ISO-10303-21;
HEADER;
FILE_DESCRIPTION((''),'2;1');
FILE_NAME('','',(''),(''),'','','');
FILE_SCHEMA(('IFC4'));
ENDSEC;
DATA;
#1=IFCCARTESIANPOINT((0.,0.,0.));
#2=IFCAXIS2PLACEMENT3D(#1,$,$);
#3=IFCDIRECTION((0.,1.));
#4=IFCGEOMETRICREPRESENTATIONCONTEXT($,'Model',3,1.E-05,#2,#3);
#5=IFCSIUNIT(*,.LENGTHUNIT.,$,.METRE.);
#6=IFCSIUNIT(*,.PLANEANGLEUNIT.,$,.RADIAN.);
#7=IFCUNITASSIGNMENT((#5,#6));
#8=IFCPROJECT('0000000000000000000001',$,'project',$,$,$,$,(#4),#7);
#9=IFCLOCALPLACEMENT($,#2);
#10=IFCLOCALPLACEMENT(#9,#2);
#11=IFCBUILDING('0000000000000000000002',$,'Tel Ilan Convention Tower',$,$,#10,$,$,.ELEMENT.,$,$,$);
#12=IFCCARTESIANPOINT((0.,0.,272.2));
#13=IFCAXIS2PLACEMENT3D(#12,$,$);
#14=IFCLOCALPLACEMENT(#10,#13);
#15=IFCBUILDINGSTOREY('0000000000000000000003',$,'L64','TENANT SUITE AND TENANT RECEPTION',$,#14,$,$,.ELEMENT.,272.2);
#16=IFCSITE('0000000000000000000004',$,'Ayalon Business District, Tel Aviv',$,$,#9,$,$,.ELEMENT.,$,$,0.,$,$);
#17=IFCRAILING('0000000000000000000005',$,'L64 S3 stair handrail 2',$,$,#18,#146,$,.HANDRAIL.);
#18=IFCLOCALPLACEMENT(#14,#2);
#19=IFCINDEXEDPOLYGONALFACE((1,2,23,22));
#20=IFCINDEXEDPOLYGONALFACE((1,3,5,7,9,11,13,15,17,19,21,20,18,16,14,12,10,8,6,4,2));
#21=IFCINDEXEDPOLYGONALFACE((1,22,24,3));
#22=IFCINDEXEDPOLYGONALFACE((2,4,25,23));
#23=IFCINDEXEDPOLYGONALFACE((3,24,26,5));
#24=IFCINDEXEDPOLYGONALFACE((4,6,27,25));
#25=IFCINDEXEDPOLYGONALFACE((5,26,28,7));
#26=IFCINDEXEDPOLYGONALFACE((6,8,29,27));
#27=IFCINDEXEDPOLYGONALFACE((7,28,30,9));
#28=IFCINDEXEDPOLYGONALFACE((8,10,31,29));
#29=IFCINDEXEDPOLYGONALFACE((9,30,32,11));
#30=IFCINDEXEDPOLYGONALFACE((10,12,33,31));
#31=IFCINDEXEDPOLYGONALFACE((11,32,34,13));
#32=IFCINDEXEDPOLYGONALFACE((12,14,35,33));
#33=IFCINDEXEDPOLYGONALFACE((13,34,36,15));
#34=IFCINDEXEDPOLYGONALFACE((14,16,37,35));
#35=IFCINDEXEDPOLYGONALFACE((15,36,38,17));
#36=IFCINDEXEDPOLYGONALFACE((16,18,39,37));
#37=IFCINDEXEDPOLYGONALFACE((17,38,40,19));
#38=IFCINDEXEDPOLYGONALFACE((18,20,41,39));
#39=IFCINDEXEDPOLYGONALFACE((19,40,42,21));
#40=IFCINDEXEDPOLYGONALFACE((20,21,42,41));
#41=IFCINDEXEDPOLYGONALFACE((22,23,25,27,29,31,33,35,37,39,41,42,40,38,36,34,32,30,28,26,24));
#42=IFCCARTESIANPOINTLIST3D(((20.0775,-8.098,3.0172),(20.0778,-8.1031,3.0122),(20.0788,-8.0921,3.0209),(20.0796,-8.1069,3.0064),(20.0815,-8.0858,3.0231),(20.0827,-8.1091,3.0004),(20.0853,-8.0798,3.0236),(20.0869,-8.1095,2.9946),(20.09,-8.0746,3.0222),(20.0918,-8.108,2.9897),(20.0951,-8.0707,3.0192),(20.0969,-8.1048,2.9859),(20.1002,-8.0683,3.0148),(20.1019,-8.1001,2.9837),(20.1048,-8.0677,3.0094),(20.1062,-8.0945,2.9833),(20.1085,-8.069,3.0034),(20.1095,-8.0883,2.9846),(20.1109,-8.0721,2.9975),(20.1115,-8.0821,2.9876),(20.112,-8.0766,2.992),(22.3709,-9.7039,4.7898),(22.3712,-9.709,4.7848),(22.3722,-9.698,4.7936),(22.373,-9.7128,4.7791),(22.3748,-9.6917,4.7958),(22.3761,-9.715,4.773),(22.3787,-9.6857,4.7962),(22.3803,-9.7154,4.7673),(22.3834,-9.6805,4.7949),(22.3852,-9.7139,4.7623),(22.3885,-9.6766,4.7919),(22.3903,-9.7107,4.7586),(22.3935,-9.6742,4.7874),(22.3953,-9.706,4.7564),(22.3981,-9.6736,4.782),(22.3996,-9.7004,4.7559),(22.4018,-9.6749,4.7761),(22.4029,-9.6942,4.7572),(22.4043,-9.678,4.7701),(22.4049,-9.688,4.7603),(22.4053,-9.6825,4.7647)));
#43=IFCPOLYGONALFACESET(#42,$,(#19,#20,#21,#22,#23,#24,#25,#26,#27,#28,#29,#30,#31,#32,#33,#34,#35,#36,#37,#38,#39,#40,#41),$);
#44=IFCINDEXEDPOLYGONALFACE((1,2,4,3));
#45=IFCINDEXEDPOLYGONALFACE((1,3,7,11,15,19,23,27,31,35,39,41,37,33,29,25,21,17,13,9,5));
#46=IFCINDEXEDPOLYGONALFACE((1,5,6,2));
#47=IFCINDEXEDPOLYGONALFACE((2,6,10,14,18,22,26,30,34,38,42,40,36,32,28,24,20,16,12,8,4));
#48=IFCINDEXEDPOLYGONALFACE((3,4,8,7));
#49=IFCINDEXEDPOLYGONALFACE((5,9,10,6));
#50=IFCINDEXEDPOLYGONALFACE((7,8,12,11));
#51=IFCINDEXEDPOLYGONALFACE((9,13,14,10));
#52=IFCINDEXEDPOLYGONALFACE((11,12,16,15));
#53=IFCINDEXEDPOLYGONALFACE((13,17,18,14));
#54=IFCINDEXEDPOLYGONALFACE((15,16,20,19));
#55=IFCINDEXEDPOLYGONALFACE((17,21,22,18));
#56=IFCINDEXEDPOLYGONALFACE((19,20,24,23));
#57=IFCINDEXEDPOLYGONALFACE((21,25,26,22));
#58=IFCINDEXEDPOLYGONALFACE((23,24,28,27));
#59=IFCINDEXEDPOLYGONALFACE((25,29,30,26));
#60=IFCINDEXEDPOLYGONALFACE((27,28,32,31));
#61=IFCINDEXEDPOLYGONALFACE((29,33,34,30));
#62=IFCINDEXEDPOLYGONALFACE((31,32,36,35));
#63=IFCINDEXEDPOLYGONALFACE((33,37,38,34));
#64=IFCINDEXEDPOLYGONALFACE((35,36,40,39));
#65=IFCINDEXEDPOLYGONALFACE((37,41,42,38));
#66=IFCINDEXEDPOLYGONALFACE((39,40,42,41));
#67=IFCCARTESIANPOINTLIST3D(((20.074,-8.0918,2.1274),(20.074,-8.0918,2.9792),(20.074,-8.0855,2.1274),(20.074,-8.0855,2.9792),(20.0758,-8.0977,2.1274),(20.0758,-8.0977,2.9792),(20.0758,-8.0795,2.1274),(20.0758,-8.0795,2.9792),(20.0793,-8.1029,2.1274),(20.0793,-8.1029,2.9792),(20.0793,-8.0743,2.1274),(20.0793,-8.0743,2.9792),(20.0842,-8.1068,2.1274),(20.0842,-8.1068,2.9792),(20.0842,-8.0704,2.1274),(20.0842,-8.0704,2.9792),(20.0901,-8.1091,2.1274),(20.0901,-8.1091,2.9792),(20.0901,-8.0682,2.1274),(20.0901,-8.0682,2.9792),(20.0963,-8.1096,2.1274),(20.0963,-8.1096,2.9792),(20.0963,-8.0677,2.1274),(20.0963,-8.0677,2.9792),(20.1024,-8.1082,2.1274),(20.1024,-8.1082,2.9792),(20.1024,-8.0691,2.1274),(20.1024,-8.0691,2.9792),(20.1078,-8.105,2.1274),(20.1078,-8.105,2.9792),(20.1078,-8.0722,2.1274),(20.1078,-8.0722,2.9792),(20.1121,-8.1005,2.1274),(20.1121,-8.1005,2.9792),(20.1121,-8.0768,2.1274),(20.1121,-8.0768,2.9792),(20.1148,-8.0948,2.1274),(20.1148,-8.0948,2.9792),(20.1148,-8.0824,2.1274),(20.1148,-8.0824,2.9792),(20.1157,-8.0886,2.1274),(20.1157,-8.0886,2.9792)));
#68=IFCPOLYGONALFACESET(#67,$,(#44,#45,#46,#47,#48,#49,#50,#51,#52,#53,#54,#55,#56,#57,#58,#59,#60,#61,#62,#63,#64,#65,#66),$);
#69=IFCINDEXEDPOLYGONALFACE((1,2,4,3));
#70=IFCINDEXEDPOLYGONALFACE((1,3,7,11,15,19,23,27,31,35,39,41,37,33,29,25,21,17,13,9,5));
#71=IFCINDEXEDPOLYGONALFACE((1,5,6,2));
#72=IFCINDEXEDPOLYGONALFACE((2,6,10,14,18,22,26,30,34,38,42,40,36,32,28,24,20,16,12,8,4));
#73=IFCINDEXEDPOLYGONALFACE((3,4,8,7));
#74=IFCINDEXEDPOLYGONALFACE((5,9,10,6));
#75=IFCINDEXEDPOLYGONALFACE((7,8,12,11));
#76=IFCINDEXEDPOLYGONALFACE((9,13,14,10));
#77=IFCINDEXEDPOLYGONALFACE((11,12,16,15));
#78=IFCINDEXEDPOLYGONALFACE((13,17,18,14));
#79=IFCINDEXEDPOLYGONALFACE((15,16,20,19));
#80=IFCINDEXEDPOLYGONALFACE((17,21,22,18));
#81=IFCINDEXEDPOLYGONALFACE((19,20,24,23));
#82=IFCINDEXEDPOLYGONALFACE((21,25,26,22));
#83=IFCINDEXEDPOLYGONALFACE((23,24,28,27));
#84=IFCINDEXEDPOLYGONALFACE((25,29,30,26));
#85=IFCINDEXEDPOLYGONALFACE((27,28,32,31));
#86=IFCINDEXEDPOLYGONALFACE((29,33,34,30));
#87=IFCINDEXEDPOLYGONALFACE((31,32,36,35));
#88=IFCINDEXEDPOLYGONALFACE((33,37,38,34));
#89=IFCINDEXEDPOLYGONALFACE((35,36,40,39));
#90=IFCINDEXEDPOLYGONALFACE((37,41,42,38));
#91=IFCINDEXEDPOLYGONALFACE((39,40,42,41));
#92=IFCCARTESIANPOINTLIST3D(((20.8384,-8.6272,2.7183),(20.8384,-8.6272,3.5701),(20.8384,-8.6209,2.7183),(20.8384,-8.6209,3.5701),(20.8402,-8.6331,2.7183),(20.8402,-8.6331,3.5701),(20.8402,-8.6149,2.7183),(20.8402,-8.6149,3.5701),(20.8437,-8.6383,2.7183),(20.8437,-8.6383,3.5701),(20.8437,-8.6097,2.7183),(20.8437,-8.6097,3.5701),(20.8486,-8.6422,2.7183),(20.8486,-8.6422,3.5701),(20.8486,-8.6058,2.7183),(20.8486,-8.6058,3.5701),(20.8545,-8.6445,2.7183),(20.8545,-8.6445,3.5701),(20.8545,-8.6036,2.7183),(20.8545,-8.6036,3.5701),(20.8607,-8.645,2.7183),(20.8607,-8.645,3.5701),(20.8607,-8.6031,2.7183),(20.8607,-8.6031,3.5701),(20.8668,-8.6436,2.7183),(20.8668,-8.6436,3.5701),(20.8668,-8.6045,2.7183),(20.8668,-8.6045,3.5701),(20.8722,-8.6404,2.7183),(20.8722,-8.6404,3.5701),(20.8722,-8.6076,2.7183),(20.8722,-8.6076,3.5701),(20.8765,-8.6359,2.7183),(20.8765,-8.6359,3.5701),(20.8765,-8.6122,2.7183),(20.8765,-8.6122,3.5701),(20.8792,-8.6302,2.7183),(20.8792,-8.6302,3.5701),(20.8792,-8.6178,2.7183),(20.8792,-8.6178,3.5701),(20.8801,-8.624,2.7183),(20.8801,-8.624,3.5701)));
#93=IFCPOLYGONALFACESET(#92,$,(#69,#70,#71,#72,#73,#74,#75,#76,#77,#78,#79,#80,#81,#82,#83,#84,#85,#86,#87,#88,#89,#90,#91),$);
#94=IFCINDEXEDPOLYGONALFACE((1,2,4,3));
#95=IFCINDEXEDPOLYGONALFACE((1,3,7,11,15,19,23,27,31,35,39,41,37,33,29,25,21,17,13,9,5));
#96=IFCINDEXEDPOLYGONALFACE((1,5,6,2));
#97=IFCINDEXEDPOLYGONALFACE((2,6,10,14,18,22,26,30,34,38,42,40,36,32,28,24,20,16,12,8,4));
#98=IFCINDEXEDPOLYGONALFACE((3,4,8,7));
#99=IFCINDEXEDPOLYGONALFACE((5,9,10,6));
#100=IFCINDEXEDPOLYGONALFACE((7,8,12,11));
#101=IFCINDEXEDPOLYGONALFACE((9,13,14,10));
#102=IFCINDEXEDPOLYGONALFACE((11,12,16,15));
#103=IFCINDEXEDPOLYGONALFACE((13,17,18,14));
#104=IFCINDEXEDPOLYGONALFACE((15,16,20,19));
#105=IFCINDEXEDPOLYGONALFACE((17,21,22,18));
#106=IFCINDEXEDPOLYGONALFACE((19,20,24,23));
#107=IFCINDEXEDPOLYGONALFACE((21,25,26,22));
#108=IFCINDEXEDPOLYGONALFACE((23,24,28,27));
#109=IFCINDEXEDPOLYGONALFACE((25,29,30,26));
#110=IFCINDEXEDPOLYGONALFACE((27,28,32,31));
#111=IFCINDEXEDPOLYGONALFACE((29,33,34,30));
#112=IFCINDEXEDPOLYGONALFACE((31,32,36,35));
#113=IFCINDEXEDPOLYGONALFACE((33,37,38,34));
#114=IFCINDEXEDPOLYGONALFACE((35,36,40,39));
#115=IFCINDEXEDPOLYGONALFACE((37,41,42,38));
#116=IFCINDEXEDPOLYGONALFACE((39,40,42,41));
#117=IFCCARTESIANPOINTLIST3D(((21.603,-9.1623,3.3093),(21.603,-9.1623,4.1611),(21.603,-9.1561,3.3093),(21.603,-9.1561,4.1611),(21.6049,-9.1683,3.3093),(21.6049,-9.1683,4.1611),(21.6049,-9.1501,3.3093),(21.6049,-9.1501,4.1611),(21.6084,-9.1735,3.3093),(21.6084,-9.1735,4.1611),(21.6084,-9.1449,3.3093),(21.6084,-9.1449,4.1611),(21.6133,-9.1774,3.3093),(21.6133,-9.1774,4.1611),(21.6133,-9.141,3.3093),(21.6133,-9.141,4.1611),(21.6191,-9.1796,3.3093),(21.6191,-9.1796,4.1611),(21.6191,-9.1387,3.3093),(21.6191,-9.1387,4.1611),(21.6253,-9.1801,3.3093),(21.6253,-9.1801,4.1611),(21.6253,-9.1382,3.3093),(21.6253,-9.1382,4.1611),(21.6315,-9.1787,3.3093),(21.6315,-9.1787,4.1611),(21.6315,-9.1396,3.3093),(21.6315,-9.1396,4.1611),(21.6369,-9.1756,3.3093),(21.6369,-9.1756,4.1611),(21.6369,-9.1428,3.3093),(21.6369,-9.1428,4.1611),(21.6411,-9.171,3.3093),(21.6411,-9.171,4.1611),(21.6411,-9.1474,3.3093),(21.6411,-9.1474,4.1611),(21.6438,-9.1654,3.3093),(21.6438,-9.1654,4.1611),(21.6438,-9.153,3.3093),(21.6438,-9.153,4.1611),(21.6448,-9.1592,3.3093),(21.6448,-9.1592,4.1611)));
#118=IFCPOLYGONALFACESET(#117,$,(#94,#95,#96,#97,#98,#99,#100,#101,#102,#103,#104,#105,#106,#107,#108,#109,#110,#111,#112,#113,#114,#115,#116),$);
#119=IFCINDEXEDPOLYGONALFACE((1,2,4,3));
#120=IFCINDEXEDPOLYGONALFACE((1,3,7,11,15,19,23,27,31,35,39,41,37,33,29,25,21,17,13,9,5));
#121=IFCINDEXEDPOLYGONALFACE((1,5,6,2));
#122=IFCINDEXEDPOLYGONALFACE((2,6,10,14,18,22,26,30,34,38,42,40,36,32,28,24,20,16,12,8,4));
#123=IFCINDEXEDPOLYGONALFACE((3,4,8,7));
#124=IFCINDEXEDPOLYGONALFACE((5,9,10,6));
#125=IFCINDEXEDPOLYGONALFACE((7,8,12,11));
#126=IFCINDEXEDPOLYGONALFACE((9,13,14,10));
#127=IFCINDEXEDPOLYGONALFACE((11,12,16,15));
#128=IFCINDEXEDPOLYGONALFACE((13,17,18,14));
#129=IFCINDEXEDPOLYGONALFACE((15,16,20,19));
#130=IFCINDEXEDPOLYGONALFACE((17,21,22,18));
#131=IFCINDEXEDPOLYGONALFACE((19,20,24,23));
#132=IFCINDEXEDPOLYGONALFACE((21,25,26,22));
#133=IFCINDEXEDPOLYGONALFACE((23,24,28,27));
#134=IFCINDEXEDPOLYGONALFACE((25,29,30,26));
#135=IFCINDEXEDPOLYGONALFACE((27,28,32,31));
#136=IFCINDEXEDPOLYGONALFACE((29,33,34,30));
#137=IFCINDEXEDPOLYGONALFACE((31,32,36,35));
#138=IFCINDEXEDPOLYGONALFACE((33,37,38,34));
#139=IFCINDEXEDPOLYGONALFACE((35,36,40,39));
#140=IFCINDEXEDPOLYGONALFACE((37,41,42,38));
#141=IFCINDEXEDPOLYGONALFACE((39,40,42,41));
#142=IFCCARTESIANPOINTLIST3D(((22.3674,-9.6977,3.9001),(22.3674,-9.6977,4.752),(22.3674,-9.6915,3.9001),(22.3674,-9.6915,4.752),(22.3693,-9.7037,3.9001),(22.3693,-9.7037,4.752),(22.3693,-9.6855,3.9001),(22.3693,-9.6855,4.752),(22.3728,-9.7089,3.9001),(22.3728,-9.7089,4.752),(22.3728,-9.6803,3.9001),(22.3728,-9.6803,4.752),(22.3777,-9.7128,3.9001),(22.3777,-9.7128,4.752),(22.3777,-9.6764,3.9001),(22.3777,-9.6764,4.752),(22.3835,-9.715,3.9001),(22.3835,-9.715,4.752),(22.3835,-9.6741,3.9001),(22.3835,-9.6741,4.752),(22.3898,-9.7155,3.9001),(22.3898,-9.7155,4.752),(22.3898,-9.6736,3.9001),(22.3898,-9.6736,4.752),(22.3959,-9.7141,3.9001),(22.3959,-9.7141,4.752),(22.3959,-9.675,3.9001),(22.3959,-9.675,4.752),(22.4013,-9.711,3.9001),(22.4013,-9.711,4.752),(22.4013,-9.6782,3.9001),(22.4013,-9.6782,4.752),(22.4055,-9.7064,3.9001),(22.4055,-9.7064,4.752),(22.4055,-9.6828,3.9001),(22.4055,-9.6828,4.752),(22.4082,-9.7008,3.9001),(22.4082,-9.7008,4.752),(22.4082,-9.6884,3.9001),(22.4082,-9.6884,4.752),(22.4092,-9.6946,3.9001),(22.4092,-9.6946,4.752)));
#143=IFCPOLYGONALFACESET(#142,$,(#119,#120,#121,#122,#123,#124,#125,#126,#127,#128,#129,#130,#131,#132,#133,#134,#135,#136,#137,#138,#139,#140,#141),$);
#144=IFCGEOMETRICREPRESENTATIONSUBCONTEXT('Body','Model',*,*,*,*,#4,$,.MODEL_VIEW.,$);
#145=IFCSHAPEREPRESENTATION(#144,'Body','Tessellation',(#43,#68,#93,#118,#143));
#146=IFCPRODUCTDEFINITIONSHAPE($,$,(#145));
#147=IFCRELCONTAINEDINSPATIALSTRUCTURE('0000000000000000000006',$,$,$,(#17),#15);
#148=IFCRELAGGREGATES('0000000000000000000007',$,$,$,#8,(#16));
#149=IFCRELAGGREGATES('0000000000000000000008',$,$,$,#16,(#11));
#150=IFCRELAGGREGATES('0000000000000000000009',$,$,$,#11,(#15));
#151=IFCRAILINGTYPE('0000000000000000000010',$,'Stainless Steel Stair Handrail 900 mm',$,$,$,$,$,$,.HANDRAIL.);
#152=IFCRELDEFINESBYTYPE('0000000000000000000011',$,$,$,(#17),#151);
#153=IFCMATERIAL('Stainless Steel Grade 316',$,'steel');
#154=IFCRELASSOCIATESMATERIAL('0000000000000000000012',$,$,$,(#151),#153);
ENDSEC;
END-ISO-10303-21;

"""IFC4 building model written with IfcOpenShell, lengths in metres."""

from ifc_helpers import new_model, si_unit, direction, frame, origin, origin_2d, place, context, subcontext, project, spatial, circle, extrude, material, type_object, element, save


model = new_model("IFC4")

# Units and contexts
model_context = context("Model", 3, precision=1e-05, world=origin(), true_north=direction((0.0, 1.0)))
body_context = subcontext(model_context, "Body", "Model", "MODEL_VIEW")
ifc_project = project(units=[si_unit("LENGTHUNIT", "METRE"), si_unit("PLANEANGLEUNIT", "RADIAN")], contexts=[model_context])

# Site, building, storey
site_placement = place(None, origin())
site = spatial("IfcSite", under=ifc_project, at=site_placement, Name="Ayalon Business District, Tel Aviv", CompositionType="ELEMENT", RefElevation=0.0)
building_placement = place(site_placement, origin())
building = spatial("IfcBuilding", under=site, at=building_placement, Name="Tel Ilan Convention Tower", CompositionType="ELEMENT")
storey_placement = place(building_placement, frame((0.0, 0.0, 272.2)))
storey = spatial("IfcBuildingStorey", under=building, at=storey_placement, Name="L64", Description="TENANT SUITE AND TENANT RECEPTION", CompositionType="ELEMENT", Elevation=272.2)

# Railing
ifc_material_1 = material(Name="Stainless Steel Grade 316", Category="steel")
railing_type_1 = type_object("IfcRailingType", Name="Stainless Steel Stair Handrail 900 mm", PredefinedType="HANDRAIL", material=ifc_material_1)
railing_1_placement = place(storey_placement, frame((20.0947, -8.0886, 2.1274)))
element("IfcRailing", 1, at=railing_1_placement, inside=storey, type_object=railing_type_1, Name="L64 S3 stair handrail 2", PredefinedType="HANDRAIL", context=body_context, shape_type="SweptSolid", body=[
    extrude(circle(Radius=0.0239, at=origin_2d()), frame((0.0, 0.0, 0.876), z_axis=(0.692085, -0.484621, 0.53494), x_axis=(0.573591, 0.819142, 0.0)), (0.0, 0.0, 1.0), 3.3137),
    extrude(circle(Radius=0.021, at=origin_2d()), origin(), (0.0, 0.0, 1.0), 0.8518),
    extrude(circle(Radius=0.021, at=origin_2d()), frame((0.7644, -0.5354, 0.5908)), (0.0, 0.0, 1.0), 0.8518),
    extrude(circle(Radius=0.021, at=origin_2d()), frame((1.5291, -1.0706, 1.1819)), (0.0, 0.0, 1.0), 0.8518),
    extrude(circle(Radius=0.021, at=origin_2d()), frame((2.2935, -1.606, 1.7727)), (0.0, 0.0, 1.0), 0.8518),
])

save(model, "model.ifc")
